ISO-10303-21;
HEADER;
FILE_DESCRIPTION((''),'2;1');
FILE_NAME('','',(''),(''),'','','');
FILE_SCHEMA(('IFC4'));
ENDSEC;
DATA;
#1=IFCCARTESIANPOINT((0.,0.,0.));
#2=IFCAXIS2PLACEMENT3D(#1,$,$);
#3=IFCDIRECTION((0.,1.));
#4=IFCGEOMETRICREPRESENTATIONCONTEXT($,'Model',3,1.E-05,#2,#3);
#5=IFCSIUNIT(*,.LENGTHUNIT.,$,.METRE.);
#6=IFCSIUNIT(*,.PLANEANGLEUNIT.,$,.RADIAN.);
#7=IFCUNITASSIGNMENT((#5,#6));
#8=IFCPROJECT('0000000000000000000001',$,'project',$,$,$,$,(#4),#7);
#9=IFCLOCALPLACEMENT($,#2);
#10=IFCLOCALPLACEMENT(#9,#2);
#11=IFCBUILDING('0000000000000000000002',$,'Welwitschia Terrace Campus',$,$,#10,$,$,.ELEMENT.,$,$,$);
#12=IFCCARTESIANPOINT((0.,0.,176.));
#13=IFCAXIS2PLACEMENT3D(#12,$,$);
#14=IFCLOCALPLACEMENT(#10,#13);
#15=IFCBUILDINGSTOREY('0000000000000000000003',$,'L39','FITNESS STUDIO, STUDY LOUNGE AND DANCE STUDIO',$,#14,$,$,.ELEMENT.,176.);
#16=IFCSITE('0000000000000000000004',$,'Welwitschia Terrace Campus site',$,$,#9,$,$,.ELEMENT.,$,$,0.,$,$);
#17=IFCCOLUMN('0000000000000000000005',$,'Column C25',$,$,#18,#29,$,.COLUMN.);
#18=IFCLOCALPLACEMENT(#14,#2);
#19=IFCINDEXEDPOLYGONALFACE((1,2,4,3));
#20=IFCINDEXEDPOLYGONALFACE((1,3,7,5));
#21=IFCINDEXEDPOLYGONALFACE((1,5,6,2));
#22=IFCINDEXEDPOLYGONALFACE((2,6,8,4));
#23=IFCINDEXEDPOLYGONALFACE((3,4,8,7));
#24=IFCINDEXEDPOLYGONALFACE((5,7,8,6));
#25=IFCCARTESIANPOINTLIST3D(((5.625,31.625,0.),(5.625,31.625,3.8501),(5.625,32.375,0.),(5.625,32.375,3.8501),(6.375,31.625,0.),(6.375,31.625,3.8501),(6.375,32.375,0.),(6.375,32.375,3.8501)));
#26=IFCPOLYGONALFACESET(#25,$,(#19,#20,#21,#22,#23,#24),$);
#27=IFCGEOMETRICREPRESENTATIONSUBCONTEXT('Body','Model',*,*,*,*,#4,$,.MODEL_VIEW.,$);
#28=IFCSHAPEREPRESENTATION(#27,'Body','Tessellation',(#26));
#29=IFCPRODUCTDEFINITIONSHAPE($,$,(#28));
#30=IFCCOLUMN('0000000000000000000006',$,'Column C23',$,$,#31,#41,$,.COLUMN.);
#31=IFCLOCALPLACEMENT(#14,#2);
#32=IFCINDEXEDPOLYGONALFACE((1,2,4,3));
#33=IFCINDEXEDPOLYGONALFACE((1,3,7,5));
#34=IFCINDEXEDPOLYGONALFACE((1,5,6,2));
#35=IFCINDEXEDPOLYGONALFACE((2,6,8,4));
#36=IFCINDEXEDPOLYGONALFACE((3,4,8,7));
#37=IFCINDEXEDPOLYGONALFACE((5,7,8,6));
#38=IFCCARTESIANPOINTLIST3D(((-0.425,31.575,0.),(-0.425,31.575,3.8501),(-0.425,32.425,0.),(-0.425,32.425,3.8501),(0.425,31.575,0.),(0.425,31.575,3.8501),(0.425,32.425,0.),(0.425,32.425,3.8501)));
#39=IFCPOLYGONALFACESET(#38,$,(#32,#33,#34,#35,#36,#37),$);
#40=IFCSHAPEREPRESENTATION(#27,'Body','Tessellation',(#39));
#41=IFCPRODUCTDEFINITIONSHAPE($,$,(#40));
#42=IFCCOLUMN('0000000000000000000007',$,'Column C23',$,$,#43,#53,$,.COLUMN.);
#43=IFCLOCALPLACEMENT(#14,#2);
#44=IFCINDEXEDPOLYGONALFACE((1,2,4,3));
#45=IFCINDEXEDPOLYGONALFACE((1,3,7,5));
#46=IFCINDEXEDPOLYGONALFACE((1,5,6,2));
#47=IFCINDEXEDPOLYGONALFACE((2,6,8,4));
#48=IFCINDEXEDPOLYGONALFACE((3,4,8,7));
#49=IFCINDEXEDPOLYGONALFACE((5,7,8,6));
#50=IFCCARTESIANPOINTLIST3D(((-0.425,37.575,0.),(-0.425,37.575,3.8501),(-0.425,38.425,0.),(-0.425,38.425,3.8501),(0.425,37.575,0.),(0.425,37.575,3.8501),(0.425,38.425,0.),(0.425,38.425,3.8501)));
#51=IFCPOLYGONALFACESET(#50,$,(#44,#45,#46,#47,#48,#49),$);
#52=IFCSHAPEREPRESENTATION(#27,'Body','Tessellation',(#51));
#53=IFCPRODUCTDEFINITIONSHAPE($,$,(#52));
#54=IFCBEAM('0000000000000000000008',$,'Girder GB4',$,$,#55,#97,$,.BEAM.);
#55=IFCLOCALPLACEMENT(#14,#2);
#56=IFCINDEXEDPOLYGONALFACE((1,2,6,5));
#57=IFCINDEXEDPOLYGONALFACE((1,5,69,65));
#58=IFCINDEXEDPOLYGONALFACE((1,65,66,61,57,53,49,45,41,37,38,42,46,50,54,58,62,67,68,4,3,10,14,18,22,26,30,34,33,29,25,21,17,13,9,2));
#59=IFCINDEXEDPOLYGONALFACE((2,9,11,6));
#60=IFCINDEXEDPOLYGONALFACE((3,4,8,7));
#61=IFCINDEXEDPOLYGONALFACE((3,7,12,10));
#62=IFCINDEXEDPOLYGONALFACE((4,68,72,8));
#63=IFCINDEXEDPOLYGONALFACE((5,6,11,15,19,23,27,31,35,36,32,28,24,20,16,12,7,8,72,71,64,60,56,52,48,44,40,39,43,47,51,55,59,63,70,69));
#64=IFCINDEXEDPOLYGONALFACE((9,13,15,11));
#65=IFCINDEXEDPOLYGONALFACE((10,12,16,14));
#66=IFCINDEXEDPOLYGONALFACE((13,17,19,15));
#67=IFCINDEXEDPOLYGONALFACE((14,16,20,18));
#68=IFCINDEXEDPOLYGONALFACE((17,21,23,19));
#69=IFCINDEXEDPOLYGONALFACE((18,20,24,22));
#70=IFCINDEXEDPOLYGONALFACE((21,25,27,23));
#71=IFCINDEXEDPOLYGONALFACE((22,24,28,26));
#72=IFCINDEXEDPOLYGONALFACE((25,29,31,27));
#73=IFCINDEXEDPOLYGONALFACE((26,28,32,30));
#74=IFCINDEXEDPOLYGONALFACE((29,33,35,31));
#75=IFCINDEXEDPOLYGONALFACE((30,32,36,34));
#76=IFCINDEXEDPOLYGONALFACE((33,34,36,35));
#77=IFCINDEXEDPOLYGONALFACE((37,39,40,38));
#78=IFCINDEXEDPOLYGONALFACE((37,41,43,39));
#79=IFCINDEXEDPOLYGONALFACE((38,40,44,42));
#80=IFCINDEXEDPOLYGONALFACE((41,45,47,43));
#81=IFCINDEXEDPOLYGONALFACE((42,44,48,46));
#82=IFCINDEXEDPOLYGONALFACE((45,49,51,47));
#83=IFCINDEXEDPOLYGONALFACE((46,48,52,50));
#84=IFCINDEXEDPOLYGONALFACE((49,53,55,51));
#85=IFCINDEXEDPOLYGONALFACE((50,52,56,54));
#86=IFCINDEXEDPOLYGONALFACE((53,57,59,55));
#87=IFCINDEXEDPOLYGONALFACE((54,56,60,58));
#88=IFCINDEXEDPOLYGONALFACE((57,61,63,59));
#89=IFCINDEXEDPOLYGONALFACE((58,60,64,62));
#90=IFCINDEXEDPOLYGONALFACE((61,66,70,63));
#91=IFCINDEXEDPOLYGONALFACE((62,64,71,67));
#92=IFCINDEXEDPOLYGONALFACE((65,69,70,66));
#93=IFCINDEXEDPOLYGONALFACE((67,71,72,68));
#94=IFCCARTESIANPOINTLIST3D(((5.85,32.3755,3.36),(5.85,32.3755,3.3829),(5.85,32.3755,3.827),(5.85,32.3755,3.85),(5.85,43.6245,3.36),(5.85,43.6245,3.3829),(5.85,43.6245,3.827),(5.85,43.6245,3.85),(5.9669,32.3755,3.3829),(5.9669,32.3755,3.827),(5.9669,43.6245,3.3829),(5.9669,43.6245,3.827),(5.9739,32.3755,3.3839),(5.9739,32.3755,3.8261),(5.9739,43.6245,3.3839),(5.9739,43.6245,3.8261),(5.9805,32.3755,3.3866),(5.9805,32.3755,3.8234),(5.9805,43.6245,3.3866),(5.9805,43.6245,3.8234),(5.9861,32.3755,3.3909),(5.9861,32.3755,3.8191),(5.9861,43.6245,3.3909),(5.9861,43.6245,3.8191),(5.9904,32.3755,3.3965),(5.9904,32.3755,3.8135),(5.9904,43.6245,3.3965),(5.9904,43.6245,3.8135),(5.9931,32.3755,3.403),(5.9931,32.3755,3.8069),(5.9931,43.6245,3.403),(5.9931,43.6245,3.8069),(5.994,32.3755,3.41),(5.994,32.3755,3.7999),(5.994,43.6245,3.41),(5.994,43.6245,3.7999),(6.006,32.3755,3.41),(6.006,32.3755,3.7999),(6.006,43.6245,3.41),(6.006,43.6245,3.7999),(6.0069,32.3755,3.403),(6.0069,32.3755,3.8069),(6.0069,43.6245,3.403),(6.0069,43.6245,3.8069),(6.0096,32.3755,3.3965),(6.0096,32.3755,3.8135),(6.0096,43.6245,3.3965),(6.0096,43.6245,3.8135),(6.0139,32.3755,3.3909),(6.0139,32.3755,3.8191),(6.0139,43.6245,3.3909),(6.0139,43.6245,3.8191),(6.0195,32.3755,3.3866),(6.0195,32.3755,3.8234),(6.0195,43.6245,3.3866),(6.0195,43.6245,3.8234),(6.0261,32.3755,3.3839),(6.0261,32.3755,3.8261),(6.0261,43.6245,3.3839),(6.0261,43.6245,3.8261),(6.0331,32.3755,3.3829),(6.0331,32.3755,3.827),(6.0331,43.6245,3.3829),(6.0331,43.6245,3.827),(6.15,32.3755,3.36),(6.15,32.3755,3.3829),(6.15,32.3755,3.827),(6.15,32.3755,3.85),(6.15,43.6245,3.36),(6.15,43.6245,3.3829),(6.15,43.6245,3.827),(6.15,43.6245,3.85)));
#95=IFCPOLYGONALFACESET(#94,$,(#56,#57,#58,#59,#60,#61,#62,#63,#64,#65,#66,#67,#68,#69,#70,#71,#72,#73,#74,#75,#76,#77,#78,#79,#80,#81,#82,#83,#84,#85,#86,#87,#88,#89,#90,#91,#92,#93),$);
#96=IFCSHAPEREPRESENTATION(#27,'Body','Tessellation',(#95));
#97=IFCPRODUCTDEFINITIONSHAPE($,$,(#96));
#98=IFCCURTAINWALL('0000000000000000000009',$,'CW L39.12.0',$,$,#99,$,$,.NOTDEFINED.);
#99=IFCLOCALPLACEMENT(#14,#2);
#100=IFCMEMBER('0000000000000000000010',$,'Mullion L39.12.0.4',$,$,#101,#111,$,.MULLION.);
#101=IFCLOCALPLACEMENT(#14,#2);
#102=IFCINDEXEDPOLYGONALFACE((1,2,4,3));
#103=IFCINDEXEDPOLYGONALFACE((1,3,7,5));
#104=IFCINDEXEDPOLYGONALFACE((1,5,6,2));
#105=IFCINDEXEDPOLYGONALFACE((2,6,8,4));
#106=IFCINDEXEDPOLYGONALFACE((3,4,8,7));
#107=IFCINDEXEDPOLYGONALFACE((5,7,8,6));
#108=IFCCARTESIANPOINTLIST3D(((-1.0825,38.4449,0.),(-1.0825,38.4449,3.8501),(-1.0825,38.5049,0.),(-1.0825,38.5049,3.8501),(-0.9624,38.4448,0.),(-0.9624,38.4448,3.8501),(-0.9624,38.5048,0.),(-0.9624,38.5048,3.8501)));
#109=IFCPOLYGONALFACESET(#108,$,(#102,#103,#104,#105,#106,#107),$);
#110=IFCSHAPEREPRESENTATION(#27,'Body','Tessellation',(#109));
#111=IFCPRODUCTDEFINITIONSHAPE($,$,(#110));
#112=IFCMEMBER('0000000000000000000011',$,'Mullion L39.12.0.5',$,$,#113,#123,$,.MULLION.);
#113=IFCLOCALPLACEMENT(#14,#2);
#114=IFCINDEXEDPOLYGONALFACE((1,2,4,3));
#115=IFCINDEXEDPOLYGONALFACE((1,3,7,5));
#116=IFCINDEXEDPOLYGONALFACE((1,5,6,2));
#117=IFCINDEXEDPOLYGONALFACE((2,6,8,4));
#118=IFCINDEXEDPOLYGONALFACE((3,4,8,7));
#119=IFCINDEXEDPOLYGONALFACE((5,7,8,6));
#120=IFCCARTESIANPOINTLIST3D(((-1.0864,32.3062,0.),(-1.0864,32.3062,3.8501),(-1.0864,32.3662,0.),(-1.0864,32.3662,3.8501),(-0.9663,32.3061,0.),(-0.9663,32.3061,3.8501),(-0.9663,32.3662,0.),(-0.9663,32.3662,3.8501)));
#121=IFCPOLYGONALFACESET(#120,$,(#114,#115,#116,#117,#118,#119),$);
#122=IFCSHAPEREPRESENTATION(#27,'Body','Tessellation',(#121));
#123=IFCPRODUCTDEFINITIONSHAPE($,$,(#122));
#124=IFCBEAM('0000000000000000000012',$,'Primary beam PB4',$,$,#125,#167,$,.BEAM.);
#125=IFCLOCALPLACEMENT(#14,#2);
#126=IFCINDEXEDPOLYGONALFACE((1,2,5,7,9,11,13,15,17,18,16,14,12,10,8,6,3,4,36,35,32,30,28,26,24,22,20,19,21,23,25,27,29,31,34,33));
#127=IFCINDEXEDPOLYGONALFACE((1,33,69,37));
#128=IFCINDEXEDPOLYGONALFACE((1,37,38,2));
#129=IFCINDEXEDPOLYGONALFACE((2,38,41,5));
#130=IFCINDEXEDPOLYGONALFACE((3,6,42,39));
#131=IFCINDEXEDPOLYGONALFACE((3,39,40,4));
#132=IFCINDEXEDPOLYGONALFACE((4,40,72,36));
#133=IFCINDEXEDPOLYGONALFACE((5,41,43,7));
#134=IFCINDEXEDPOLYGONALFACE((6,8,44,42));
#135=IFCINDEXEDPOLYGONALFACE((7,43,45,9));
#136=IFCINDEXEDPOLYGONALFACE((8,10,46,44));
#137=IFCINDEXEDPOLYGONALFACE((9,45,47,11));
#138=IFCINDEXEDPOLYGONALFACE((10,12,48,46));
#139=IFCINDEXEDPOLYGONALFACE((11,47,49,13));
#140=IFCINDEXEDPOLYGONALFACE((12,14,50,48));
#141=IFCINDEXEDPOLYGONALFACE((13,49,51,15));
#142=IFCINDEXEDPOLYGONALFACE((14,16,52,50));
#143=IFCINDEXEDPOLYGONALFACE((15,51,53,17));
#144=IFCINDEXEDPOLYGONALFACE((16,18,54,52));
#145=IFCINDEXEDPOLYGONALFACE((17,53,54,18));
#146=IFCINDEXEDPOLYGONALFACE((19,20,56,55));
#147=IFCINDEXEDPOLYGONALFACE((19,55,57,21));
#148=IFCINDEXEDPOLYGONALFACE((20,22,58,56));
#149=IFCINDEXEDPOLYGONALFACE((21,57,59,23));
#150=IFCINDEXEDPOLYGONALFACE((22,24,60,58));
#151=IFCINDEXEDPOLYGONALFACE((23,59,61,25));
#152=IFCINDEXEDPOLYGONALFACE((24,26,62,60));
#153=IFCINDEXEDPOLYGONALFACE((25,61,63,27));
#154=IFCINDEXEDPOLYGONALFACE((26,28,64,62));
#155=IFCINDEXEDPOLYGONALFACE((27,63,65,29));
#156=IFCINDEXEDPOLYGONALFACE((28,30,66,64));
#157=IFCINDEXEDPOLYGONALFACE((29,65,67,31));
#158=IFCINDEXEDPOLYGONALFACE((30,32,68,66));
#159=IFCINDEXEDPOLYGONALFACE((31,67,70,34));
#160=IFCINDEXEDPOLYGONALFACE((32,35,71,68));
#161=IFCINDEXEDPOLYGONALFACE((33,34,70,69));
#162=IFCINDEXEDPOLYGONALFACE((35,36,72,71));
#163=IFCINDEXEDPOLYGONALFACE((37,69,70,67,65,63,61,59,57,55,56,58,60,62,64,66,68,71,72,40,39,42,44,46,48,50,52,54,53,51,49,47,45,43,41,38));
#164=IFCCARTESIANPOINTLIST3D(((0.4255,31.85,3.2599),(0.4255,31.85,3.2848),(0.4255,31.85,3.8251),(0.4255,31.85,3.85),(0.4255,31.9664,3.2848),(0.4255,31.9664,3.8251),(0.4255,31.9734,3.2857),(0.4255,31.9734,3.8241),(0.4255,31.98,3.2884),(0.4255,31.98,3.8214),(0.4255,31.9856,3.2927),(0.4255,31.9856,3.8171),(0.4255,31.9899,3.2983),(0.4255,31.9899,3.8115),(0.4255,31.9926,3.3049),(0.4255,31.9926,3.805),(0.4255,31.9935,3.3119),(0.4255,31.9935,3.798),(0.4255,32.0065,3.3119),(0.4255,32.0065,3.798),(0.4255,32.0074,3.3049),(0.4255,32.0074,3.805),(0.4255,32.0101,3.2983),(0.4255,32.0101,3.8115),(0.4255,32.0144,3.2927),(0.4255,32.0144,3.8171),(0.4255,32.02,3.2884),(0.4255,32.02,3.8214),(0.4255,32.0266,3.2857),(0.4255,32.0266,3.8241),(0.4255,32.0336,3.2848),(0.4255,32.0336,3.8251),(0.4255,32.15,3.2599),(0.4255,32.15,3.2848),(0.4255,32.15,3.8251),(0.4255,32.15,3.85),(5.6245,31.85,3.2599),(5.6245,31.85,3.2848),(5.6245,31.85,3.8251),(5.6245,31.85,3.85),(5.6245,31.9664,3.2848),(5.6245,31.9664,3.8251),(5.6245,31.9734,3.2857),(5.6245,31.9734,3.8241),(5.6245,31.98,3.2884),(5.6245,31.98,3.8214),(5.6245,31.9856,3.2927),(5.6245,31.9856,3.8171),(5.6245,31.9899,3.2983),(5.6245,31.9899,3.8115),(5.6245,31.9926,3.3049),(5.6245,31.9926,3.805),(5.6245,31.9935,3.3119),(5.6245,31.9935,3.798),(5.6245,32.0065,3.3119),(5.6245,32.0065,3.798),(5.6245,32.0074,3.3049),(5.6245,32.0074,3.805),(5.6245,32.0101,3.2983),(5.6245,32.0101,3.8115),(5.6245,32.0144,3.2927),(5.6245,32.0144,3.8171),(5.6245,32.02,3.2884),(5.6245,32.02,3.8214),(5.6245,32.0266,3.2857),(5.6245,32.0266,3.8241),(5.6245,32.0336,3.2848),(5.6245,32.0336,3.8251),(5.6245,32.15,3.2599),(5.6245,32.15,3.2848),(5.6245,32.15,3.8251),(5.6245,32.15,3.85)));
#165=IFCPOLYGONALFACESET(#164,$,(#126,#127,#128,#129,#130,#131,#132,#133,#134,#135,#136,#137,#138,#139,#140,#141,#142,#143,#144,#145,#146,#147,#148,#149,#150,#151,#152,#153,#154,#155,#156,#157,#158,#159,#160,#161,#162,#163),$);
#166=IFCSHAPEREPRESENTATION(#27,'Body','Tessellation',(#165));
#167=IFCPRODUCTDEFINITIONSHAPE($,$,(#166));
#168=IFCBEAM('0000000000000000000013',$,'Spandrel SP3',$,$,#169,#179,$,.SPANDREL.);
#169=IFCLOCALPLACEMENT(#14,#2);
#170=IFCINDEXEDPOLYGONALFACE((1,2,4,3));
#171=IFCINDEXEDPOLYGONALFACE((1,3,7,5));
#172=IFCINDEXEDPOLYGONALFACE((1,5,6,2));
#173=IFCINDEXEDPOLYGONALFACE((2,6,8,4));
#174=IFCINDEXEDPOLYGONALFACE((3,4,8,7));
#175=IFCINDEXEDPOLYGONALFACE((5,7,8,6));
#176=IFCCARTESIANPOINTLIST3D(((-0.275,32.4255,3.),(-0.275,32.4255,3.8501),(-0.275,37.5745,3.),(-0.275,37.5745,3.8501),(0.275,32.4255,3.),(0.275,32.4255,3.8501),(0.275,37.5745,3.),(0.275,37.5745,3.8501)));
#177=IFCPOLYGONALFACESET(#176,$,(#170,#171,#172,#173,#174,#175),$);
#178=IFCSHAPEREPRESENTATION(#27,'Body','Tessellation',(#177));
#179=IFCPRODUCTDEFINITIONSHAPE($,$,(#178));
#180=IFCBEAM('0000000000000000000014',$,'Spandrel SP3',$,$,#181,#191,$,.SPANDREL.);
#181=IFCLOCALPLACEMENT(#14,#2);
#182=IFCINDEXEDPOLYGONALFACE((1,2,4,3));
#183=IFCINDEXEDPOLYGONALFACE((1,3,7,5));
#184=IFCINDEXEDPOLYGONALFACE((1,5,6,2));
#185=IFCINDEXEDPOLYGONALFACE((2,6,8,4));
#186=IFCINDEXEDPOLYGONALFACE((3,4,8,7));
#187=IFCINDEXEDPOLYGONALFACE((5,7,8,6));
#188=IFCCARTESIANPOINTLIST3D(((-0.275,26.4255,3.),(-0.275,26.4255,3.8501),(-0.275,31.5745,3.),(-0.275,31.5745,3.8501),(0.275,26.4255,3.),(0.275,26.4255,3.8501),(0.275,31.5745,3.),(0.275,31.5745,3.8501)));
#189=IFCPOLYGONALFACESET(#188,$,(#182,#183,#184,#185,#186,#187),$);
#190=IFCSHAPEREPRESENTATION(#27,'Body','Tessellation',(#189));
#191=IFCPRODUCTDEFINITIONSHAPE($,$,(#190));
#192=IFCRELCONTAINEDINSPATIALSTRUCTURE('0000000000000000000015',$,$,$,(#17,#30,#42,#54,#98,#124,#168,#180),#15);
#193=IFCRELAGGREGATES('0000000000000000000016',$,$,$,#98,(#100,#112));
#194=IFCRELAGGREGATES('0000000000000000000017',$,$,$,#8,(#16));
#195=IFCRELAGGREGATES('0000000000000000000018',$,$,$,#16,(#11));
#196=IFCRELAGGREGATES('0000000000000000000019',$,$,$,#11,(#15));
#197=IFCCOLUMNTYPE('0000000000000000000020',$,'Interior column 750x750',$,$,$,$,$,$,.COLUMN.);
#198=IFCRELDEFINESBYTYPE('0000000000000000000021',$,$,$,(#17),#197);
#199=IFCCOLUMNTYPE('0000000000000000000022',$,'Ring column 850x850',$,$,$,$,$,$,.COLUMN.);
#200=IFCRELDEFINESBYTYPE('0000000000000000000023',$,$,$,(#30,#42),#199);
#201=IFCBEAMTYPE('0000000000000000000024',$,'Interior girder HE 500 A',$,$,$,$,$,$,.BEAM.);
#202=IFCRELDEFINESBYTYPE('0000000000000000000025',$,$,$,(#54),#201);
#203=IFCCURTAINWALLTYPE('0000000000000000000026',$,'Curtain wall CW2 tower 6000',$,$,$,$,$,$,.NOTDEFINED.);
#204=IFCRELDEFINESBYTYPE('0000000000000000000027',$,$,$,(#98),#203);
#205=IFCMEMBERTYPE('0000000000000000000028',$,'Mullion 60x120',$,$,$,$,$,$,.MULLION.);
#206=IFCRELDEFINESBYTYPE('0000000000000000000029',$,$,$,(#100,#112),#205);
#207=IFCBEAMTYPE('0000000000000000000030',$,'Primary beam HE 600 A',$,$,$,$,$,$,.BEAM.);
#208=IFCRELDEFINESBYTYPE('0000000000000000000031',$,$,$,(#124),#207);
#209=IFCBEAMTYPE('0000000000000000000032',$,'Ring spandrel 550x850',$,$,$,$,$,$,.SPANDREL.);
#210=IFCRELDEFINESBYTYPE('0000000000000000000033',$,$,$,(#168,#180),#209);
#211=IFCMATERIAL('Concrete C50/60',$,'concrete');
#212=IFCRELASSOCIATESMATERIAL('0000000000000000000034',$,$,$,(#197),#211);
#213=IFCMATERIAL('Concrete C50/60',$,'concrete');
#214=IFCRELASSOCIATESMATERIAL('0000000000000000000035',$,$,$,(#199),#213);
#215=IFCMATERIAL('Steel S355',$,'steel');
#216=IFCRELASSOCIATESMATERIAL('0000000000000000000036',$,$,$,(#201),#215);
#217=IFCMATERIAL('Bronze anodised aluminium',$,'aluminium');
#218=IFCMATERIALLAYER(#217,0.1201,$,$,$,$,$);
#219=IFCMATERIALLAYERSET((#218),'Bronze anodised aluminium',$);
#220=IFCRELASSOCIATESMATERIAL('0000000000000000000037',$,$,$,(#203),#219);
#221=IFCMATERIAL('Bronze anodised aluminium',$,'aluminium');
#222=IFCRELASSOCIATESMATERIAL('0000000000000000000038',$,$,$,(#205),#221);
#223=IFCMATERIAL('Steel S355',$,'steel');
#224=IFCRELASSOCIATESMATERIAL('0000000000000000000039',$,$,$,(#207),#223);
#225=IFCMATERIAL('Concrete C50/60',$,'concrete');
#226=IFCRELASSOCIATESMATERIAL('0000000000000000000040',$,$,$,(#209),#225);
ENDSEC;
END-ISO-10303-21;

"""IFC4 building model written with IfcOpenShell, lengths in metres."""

from ifc_helpers import new_model, si_unit, direction, frame, origin, origin_2d, place, context, subcontext, project, spatial, rectangle, i_section, extrude, material, layer, layer_set, material_profile, profile_set, type_object, element, aggregate, save


model = new_model("IFC4")

# Units and contexts
model_context = context("Model", 3, precision=1e-05, world=origin(), true_north=direction((0.0, 1.0)))
body_context = subcontext(model_context, "Body", "Model", "MODEL_VIEW")
ifc_project = project(units=[si_unit("LENGTHUNIT", "METRE"), si_unit("PLANEANGLEUNIT", "RADIAN")], contexts=[model_context])

# Site, building, storey
site_placement = place(None, origin())
site = spatial("IfcSite", under=ifc_project, at=site_placement, Name="Welwitschia Terrace Campus site", CompositionType="ELEMENT", RefElevation=0.0)
building_placement = place(site_placement, origin())
building = spatial("IfcBuilding", under=site, at=building_placement, Name="Welwitschia Terrace Campus", CompositionType="ELEMENT")
storey_placement = place(building_placement, frame((0.0, 0.0, 176.0)))
storey = spatial("IfcBuildingStorey", under=building, at=storey_placement, Name="L39", Description="FITNESS STUDIO, STUDY LOUNGE AND DANCE STUDIO", CompositionType="ELEMENT", Elevation=176.0)

# Columns
ifc_material_1 = material(Name="Concrete C50/60", Category="concrete")
ifc_material_profile_1 = material_profile(ifc_material_1, rectangle(XDim=0.75, YDim=0.75, at=origin_2d()))
ifc_profile_set_1 = profile_set([ifc_material_profile_1], Name="Concrete C50/60")
column_type_1 = type_object("IfcColumnType", Name="Interior column 750x750", PredefinedType="COLUMN", material=ifc_profile_set_1)
column_placement = place(storey_placement, frame((6.0, 32.0, 0.0), z_axis=(0.0, 0.0, 1.0), x_axis=(1.0, 0.0, 0.0)))
element("IfcColumn", 1, at=column_placement, inside=storey, type_object=column_type_1, Name="Column C25", PredefinedType="COLUMN", context=body_context, shape_type="SweptSolid", body=[
    extrude(rectangle(XDim=0.75, YDim=0.75, at=origin_2d()), origin(), (0.0, 0.0, 1.0), 3.8501),
])
ifc_material_2 = material(Name="Concrete C50/60", Category="concrete")
ifc_material_profile_2 = material_profile(ifc_material_2, rectangle(XDim=0.8501, YDim=0.8501, at=origin_2d()))
ifc_profile_set_2 = profile_set([ifc_material_profile_2], Name="Concrete C50/60")
column_type_2 = type_object("IfcColumnType", Name="Ring column 850x850", PredefinedType="COLUMN", material=ifc_profile_set_2)
for number, where, z_axis, x_axis, name in (
    (2, (0.0, 32.0, 0.0), (0.0, 0.0, 1.0), (1.0, 0.0, 0.0), "Column C23"),
    (3, (0.0, 38.0, 0.0), (0.0, 0.0, 1.0), (1.0, 0.0, 0.0), "Column C23"),
):
    element("IfcColumn", number, at=place(storey_placement, frame(where, z_axis=z_axis, x_axis=x_axis)), inside=storey, type_object=column_type_2, Name=name, PredefinedType="COLUMN", context=body_context, shape_type="SweptSolid", body=[
        extrude(rectangle(XDim=0.8501, YDim=0.8501, at=origin_2d()), origin(), (0.0, 0.0, 1.0), 3.8501),
    ])

# Beam
ifc_material_3 = material(Name="Steel S355", Category="steel")
ifc_material_profile_3 = material_profile(ifc_material_3, i_section(OverallWidth=0.3, OverallDepth=0.49, WebThickness=0.012, FlangeThickness=0.0229, FilletRadius=0.0271, at=origin_2d()))
ifc_profile_set_3 = profile_set([ifc_material_profile_3], Name="Steel S355")
beam_type_1 = type_object("IfcBeamType", Name="Interior girder HE 500 A", PredefinedType="BEAM", material=ifc_profile_set_3)
beam_1_placement = place(storey_placement, frame((6.0, 32.3755, 3.605), z_axis=(0.0, 1.0, 0.0), x_axis=(-1.0, 0.0, 0.0)))
element("IfcBeam", 4, at=beam_1_placement, inside=storey, type_object=beam_type_1, Name="Girder GB4", PredefinedType="BEAM", context=body_context, shape_type="SweptSolid", body=[
    extrude(i_section(OverallWidth=0.3, OverallDepth=0.49, WebThickness=0.012, FlangeThickness=0.0229, FilletRadius=0.0271, at=origin_2d()), origin(), (0.0, 0.0, 1.0), 11.249),
])

# Curtain wall, members
ifc_material_4 = material(Name="Bronze anodised aluminium", Category="aluminium")
ifc_layer_1 = layer(ifc_material_4, 0.1201)
ifc_layer_set_1 = layer_set([ifc_layer_1], Name="Bronze anodised aluminium")
curtain_wall_type = type_object("IfcCurtainWallType", Name="Curtain wall CW2 tower 6000", PredefinedType="NOTDEFINED", material=ifc_layer_set_1)
curtain_wall_placement = place(storey_placement, origin())
curtain_wall = element("IfcCurtainWall", 5, at=curtain_wall_placement, inside=storey, type_object=curtain_wall_type, Name="CW L39.12.0", PredefinedType="NOTDEFINED")
ifc_material_5 = material(Name="Bronze anodised aluminium", Category="aluminium")
ifc_material_profile_4 = material_profile(ifc_material_5, rectangle(XDim=0.1201, YDim=0.0601, at=origin_2d()))
ifc_profile_set_4 = profile_set([ifc_material_profile_4], Name="Bronze anodised aluminium")
member_type = type_object("IfcMemberType", Name="Mullion 60x120", PredefinedType="MULLION", material=ifc_profile_set_4)
member_1_placement = place(storey_placement, frame((-1.0225, 38.4749, 0.0), z_axis=(0.0, 0.0, 1.0), x_axis=(1.0, -0.000608, 0.0)))
member_1 = element("IfcMember", 6, at=member_1_placement, type_object=member_type, Name="Mullion L39.12.0.4", PredefinedType="MULLION", context=body_context, shape_type="SweptSolid", body=[
    extrude(rectangle(XDim=0.1201, YDim=0.0601, at=origin_2d()), origin(), (0.0, 0.0, 1.0), 3.8501),
])
member_2_placement = place(storey_placement, frame((-1.0264, 32.3362, 0.0), z_axis=(0.0, 0.0, 1.0), x_axis=(1.0, -0.000608, 0.0)))
member_2 = element("IfcMember", 7, at=member_2_placement, type_object=member_type, Name="Mullion L39.12.0.5", PredefinedType="MULLION", context=body_context, shape_type="SweptSolid", body=[
    extrude(rectangle(XDim=0.1201, YDim=0.0601, at=origin_2d()), origin(), (0.0, 0.0, 1.0), 3.8501),
])

# Beams
ifc_material_6 = material(Name="Steel S355", Category="steel")
ifc_material_profile_5 = material_profile(ifc_material_6, i_section(OverallWidth=0.3, OverallDepth=0.5901, WebThickness=0.0129, FlangeThickness=0.0249, FilletRadius=0.0271, at=origin_2d()))
ifc_profile_set_5 = profile_set([ifc_material_profile_5], Name="Steel S355")
beam_type_2 = type_object("IfcBeamType", Name="Primary beam HE 600 A", PredefinedType="BEAM", material=ifc_profile_set_5)
beam_2_placement = place(storey_placement, frame((0.4255, 32.0, 3.5549), z_axis=(1.0, 0.0, 0.0), x_axis=(0.0, 1.0, 0.0)))
element("IfcBeam", 8, at=beam_2_placement, inside=storey, type_object=beam_type_2, Name="Primary beam PB4", PredefinedType="BEAM", context=body_context, shape_type="SweptSolid", body=[
    extrude(i_section(OverallWidth=0.3, OverallDepth=0.5901, WebThickness=0.0129, FlangeThickness=0.0249, FilletRadius=0.0271, at=origin_2d()), origin(), (0.0, 0.0, 1.0), 5.199),
])
ifc_material_7 = material(Name="Concrete C50/60", Category="concrete")
ifc_material_profile_6 = material_profile(ifc_material_7, rectangle(XDim=0.55, YDim=0.8501, at=origin_2d()))
ifc_profile_set_6 = profile_set([ifc_material_profile_6], Name="Concrete C50/60")
beam_type_3 = type_object("IfcBeamType", Name="Ring spandrel 550x850", PredefinedType="SPANDREL", material=ifc_profile_set_6)
for number, where, z_axis, x_axis, name in (
    (9, (0.0, 37.5745, 3.425), (0.0, -1.0, 0.0), (1.0, 0.0, 0.0), "Spandrel SP3"),
    (10, (0.0, 31.5745, 3.425), (0.0, -1.0, 0.0), (1.0, 0.0, 0.0), "Spandrel SP3"),
):
    element("IfcBeam", number, at=place(storey_placement, frame(where, z_axis=z_axis, x_axis=x_axis)), inside=storey, type_object=beam_type_3, Name=name, PredefinedType="SPANDREL", context=body_context, shape_type="SweptSolid", body=[
        extrude(rectangle(XDim=0.55, YDim=0.8501, at=origin_2d()), origin(), (0.0, 0.0, 1.0), 5.1489),
    ])

aggregate(curtain_wall, [member_1, member_2])

save(model, "model.ifc")
